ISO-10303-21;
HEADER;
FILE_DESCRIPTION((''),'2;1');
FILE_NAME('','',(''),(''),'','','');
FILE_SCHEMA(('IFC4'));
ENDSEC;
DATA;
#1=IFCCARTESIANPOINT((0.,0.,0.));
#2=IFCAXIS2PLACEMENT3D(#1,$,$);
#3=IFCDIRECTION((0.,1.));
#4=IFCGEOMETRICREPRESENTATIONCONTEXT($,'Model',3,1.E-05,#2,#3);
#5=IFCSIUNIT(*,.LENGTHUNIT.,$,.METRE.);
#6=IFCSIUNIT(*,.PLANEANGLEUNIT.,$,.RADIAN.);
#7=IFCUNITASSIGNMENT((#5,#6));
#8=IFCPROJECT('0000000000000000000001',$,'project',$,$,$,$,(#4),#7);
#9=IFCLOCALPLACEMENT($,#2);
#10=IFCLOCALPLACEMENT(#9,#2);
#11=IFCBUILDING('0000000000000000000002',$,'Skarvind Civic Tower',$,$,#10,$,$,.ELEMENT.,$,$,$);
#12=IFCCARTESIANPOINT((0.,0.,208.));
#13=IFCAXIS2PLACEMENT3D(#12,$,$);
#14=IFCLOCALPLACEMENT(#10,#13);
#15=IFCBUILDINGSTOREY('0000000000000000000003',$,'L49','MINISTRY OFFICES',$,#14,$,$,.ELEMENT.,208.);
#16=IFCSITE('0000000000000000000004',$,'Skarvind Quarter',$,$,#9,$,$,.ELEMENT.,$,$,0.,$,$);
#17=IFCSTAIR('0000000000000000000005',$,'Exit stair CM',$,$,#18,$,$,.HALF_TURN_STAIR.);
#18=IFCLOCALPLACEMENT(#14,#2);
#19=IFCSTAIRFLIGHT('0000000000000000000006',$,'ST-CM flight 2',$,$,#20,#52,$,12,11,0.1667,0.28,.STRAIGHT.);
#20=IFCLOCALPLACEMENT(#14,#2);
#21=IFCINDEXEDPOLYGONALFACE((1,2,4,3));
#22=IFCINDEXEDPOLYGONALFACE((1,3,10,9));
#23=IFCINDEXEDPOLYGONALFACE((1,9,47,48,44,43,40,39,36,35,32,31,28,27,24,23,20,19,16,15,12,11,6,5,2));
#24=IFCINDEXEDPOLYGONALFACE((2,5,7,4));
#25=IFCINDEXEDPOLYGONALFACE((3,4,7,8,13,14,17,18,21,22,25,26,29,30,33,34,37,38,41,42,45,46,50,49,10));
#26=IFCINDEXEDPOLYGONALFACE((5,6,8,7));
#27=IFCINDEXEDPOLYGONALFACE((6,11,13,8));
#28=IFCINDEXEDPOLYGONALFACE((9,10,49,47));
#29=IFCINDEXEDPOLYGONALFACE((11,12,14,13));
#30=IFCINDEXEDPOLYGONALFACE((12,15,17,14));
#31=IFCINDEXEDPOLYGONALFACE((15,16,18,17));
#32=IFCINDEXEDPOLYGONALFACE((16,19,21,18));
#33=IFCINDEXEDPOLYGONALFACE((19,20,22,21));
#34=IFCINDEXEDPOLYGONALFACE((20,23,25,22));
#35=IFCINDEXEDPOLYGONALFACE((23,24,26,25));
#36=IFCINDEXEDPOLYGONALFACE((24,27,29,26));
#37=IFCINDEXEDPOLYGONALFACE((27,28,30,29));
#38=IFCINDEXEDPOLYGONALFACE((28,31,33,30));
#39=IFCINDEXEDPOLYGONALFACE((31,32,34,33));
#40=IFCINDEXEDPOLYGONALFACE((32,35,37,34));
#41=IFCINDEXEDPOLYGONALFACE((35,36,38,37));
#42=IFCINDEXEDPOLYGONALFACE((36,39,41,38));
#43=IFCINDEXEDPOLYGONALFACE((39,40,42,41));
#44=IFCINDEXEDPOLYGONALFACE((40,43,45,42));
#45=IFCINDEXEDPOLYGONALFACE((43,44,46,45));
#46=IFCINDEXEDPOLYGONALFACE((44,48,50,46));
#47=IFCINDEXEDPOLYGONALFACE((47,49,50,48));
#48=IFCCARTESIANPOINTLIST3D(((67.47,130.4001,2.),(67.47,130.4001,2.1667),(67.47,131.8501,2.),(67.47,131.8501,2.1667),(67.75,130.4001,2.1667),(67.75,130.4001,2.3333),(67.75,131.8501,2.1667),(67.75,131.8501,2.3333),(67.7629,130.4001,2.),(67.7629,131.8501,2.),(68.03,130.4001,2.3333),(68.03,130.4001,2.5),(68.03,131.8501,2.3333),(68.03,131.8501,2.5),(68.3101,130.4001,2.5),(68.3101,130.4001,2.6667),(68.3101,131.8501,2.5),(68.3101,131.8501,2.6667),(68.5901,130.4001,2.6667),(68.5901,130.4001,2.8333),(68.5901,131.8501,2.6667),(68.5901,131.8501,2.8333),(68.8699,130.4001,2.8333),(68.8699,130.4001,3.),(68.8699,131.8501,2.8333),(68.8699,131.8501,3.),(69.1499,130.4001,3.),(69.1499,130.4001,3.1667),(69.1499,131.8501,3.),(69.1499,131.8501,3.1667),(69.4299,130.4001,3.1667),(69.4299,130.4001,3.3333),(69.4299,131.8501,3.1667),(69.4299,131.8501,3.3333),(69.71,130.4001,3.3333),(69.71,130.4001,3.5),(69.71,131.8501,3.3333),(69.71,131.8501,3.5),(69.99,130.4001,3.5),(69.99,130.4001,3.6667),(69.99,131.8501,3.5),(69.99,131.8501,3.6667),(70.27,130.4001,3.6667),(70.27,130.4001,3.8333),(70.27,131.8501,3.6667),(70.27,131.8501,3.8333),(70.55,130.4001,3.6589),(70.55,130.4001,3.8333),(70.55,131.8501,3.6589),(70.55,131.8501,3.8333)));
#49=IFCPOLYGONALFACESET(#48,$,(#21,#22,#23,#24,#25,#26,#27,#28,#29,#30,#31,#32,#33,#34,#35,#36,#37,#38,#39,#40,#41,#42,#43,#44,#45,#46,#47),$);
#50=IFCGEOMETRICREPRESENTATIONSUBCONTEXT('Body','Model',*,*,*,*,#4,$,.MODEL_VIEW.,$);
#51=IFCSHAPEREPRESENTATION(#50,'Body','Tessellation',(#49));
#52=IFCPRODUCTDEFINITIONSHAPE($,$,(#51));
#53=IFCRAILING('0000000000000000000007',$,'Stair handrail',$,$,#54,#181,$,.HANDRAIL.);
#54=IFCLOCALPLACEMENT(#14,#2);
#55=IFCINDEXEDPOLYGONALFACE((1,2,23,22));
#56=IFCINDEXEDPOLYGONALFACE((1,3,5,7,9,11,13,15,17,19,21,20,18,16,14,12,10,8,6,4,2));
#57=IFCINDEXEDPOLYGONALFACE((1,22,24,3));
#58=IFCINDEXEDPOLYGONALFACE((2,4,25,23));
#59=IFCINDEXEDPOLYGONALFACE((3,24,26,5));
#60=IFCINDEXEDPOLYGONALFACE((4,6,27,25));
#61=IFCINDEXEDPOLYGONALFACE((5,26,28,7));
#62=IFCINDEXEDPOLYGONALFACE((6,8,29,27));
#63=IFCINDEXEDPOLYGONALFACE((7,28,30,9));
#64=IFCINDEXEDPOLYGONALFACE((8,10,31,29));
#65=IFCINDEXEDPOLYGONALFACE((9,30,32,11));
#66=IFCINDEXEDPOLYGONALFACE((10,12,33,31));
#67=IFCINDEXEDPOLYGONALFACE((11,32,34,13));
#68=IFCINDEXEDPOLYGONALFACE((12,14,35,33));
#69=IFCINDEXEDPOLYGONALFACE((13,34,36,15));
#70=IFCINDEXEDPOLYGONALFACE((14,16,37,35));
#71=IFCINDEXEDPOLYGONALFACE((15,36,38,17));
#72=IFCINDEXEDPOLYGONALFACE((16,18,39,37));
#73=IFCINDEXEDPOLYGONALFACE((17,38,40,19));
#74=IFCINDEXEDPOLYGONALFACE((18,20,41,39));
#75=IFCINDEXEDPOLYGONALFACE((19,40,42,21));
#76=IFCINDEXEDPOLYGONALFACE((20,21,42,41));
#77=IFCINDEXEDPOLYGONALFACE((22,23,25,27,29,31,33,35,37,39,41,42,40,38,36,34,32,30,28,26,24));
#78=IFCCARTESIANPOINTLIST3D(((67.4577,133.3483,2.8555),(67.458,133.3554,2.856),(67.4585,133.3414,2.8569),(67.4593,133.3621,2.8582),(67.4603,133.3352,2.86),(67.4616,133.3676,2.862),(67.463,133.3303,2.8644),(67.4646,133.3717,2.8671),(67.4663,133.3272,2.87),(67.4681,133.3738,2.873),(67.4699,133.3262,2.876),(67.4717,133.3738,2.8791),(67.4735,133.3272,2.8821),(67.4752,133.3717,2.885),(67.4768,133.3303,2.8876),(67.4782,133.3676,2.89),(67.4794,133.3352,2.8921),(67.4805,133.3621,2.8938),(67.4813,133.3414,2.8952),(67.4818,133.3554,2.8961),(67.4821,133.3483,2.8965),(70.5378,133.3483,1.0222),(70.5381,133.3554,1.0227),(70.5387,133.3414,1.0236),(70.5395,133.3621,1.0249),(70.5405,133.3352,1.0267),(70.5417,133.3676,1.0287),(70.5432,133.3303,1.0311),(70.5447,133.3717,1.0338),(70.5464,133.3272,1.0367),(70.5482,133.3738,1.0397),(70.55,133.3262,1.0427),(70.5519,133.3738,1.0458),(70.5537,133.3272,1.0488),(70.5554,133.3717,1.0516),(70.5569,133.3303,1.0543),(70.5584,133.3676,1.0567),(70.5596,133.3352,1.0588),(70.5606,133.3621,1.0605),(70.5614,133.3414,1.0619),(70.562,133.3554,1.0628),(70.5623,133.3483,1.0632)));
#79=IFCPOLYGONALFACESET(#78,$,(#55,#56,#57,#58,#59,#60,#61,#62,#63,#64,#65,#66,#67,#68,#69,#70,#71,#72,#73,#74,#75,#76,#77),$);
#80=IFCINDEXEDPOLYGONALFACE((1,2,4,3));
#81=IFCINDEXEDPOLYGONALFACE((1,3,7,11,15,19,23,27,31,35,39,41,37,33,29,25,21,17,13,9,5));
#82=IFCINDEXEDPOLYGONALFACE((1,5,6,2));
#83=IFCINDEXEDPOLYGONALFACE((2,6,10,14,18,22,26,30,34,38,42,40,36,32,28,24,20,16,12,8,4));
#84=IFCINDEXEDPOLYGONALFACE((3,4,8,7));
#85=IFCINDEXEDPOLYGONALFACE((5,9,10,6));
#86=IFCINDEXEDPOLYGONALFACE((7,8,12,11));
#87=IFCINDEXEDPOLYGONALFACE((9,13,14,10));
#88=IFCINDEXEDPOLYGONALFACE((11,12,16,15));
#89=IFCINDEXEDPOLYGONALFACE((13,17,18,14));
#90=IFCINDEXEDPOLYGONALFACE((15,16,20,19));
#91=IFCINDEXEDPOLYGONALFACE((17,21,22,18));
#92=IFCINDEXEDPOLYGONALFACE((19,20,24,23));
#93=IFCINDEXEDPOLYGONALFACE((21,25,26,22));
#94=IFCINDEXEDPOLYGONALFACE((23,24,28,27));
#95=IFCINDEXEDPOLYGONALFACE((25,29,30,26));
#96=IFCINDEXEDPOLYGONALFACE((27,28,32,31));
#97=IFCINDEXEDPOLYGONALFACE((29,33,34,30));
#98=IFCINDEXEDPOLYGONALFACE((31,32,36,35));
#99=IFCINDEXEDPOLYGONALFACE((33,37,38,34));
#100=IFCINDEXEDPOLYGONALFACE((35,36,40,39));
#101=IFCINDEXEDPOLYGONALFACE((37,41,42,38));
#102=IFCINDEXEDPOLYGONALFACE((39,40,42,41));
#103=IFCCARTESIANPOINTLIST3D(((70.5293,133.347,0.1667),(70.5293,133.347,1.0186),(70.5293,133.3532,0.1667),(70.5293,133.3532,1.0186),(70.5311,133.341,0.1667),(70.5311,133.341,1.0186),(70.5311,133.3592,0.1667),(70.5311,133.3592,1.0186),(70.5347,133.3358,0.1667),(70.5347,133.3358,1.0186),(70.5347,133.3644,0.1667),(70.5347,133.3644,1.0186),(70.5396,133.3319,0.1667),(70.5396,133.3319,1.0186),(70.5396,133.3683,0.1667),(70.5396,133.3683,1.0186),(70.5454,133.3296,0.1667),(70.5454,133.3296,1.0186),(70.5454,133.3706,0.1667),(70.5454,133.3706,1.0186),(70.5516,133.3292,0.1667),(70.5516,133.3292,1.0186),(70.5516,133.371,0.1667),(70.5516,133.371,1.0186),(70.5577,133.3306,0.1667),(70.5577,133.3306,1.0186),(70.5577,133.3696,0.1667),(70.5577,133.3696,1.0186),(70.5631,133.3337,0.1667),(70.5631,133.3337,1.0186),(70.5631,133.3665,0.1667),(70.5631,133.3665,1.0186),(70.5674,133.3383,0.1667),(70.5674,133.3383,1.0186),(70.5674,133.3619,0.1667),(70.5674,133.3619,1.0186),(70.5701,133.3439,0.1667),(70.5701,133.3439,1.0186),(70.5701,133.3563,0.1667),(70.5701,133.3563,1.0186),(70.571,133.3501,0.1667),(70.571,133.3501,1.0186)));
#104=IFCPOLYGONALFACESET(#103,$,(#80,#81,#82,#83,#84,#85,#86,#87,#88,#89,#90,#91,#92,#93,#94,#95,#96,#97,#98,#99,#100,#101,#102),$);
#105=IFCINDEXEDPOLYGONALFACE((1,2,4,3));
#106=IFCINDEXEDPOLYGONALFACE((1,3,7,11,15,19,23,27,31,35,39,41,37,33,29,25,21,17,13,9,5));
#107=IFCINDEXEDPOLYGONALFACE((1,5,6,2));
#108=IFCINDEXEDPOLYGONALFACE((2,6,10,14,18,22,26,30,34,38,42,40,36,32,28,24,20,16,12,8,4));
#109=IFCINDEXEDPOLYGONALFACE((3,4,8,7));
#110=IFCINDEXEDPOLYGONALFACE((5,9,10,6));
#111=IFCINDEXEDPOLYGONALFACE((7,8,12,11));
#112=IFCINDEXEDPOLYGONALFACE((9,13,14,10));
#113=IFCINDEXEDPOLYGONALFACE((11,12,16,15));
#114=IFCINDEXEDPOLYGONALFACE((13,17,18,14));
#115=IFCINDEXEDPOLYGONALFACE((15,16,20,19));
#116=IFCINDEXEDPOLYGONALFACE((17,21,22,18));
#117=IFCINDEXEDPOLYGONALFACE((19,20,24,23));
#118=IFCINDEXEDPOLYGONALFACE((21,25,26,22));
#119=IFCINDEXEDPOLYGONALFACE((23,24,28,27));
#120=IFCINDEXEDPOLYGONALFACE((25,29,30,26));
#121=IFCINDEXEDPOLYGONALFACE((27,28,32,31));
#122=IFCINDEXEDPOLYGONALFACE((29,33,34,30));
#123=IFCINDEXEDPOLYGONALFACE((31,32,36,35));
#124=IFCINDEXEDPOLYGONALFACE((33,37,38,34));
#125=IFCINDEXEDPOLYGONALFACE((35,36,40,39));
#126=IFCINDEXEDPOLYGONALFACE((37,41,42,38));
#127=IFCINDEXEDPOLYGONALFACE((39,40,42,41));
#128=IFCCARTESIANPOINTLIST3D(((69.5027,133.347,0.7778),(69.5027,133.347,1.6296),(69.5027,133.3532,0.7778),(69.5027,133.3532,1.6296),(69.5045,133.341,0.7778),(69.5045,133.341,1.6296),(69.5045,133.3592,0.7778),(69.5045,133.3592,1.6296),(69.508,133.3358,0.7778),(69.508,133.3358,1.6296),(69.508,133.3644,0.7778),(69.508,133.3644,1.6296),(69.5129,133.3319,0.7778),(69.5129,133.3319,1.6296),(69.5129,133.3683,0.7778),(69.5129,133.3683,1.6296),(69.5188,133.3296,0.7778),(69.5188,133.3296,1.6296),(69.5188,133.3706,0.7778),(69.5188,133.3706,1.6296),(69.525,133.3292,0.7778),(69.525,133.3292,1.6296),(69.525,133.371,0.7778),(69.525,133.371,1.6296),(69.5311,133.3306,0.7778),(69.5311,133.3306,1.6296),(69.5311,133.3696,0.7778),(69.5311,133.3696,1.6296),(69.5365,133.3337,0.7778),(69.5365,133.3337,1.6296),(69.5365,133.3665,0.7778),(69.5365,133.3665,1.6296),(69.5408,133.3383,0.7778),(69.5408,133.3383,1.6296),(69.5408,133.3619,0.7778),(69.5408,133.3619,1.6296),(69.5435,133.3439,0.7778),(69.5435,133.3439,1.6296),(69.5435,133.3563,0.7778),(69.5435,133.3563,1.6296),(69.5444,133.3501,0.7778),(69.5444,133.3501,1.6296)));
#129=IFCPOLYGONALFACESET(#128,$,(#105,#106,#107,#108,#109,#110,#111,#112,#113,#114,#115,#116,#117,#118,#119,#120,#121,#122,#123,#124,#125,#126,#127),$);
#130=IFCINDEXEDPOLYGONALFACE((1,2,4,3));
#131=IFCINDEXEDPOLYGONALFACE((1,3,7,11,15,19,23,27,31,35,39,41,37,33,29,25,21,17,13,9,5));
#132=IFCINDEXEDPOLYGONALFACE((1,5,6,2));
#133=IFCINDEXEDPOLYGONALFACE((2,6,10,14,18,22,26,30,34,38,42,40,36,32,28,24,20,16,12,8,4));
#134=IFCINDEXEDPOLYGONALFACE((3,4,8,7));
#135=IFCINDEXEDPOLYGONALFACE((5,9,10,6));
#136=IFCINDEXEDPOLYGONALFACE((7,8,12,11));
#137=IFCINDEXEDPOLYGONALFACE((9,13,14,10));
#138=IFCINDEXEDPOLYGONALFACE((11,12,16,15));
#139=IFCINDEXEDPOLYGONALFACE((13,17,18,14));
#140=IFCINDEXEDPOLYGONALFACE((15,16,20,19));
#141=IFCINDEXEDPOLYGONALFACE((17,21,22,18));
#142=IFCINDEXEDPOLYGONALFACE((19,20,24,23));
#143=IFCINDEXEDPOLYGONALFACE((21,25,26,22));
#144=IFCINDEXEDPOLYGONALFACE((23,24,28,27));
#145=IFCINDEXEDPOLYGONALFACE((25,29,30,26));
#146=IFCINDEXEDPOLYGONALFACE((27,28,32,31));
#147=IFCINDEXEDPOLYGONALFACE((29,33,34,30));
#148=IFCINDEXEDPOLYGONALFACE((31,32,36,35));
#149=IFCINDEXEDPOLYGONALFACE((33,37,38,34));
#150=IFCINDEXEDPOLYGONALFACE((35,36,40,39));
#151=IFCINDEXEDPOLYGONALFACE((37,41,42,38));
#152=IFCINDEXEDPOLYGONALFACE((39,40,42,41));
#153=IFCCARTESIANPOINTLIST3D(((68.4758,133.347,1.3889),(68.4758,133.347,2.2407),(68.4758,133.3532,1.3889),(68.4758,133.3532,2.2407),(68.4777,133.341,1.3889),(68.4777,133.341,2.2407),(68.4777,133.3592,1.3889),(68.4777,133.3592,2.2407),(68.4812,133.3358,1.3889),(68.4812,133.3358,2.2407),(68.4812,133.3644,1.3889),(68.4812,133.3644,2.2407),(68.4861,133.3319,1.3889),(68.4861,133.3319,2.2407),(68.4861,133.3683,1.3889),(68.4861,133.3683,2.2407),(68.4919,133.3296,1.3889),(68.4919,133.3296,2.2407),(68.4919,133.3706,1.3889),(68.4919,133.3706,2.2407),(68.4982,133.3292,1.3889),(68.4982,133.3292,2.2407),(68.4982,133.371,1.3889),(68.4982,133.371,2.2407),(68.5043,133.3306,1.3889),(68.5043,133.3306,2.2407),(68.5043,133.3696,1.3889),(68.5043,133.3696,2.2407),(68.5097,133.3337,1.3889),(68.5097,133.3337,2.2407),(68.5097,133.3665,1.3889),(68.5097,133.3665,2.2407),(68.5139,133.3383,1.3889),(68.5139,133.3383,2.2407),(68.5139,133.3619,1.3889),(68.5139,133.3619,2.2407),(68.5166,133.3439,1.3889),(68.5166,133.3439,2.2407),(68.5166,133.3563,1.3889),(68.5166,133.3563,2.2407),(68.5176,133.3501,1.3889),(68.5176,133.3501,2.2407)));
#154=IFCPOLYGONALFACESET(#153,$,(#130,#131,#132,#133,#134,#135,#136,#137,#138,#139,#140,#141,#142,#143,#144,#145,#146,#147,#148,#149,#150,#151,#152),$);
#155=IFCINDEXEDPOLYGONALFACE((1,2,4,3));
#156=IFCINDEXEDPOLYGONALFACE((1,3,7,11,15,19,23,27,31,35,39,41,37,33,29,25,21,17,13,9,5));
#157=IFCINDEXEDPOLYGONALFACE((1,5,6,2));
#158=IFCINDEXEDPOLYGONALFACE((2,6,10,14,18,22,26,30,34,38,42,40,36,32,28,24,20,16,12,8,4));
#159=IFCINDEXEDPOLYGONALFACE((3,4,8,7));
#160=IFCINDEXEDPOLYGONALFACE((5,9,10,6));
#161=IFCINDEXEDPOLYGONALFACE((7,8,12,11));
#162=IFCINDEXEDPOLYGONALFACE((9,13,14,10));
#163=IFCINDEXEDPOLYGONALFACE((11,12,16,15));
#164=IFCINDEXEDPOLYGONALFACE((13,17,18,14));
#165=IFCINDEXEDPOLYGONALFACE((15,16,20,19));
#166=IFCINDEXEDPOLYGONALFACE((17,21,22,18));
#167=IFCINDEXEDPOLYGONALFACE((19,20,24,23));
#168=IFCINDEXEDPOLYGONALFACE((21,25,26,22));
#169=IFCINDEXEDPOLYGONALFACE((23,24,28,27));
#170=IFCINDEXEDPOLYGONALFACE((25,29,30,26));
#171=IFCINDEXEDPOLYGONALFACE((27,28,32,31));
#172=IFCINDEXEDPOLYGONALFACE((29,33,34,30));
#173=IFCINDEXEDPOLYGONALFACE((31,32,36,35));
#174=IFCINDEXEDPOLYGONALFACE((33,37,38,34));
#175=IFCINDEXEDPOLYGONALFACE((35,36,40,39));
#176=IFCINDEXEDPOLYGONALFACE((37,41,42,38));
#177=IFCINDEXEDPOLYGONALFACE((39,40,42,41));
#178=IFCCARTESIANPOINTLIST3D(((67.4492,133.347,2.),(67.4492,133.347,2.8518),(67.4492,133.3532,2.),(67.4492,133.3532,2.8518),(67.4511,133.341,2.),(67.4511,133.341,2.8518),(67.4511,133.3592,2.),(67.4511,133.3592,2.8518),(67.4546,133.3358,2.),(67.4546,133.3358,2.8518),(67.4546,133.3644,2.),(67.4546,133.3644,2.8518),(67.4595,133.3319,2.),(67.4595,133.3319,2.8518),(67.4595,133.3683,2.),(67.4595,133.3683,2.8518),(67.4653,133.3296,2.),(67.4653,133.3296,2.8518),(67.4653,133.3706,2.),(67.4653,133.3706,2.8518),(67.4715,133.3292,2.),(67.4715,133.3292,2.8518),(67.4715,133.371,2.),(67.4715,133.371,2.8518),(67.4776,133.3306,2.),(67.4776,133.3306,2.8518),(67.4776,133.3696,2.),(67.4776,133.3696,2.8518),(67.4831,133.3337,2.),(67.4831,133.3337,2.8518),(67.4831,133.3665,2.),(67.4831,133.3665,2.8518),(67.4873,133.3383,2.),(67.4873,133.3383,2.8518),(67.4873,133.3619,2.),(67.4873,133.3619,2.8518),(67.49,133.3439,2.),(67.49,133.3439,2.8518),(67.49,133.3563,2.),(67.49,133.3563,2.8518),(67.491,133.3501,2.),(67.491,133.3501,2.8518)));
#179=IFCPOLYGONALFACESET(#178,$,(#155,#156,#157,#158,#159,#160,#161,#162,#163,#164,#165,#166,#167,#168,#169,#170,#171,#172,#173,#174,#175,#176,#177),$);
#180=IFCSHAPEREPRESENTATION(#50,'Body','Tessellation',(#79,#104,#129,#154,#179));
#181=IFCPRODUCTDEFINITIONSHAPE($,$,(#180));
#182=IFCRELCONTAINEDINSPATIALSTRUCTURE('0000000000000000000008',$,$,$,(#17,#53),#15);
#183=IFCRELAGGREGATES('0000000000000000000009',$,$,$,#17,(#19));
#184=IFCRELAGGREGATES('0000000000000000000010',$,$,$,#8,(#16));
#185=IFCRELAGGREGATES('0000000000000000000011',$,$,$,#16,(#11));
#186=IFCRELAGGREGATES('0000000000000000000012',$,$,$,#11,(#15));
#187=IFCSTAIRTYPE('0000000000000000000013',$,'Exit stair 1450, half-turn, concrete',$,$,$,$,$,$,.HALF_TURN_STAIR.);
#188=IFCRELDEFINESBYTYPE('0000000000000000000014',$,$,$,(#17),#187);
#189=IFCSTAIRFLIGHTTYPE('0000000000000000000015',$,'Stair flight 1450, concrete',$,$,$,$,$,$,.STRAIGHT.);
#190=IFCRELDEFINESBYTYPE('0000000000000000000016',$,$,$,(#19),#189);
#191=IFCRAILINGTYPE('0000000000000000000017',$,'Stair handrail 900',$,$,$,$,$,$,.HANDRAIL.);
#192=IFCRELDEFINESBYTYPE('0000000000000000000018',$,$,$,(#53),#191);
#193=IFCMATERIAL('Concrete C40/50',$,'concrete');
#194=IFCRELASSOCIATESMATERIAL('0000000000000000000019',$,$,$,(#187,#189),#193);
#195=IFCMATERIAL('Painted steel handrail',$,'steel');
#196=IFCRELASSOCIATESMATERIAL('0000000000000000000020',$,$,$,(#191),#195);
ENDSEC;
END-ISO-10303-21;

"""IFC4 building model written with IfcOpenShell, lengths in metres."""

from ifc_helpers import new_model, si_unit, direction, frame, origin, origin_2d, place, context, subcontext, project, spatial, polyline, circle, outline, extrude, material, type_object, element, aggregate, save


model = new_model("IFC4")

# Units and contexts
model_context = context("Model", 3, precision=1e-05, world=origin(), true_north=direction((0.0, 1.0)))
body_context = subcontext(model_context, "Body", "Model", "MODEL_VIEW")
ifc_project = project(units=[si_unit("LENGTHUNIT", "METRE"), si_unit("PLANEANGLEUNIT", "RADIAN")], contexts=[model_context])

# Site, building, storey
site_placement = place(None, origin())
site = spatial("IfcSite", under=ifc_project, at=site_placement, Name="Skarvind Quarter", CompositionType="ELEMENT", RefElevation=0.0)
building_placement = place(site_placement, origin())
building = spatial("IfcBuilding", under=site, at=building_placement, Name="Skarvind Civic Tower", CompositionType="ELEMENT")
storey_placement = place(building_placement, frame((0.0, 0.0, 208.0)))
storey = spatial("IfcBuildingStorey", under=building, at=storey_placement, Name="L49", Description="MINISTRY OFFICES", CompositionType="ELEMENT", Elevation=208.0)

# Stair, stair flight
ifc_material_1 = material(Name="Concrete C40/50", Category="concrete")
stair_type = type_object("IfcStairType", Name="Exit stair 1450, half-turn, concrete", PredefinedType="HALF_TURN_STAIR", material=ifc_material_1)
stair_placement = place(storey_placement, origin())
stair = element("IfcStair", 1, at=stair_placement, inside=storey, type_object=stair_type, Name="Exit stair CM", PredefinedType="HALF_TURN_STAIR")
stair_flight_type = type_object("IfcStairFlightType", Name="Stair flight 1450, concrete", PredefinedType="STRAIGHT", material=ifc_material_1)
stair_flight_1_placement = place(storey_placement, frame((67.47, 131.125, 2.0), z_axis=(0.0, 0.0, 1.0), x_axis=(1.0, 0.0, 0.0)))
stair_flight_1 = element("IfcStairFlight", 2, at=stair_flight_1_placement, type_object=stair_flight_type, Name="ST-CM flight 2", NumberOfRisers=12, NumberOfTreads=11, PredefinedType="STRAIGHT", RiserHeight=0.1667, TreadLength=0.28, context=body_context, shape_type="SweptSolid", body=[
    extrude(outline(polyline([(0.0, 0.0), (0.0, 0.1667), (0.28, 0.1667), (0.28, 0.3333), (0.5601, 0.3333), (0.5601, 0.5), (0.8401, 0.5), (0.8401, 0.6667), (1.1201, 0.6667), (1.1201, 0.8333), (1.3999, 0.8333), (1.3999, 1.0), (1.6799, 1.0), (1.6799, 1.1667), (1.96, 1.1667), (1.96, 1.3333), (2.24, 1.3333), (2.24, 1.5), (2.52, 1.5), (2.52, 1.6667), (2.8, 1.6667), (2.8, 1.8333), (3.0801, 1.8333), (3.0801, 2.0), (3.0801, 1.6589), (0.293, 0.0), (0.0, 0.0)])), frame((0.0, 0.7251, 0.0), z_axis=(0.0, -1.0, 0.0), x_axis=(1.0, 0.0, 0.0)), (0.0, 0.0, 1.0), 1.45),
])
aggregate(stair, [stair_flight_1])

# Railing
ifc_material_2 = material(Name="Painted steel handrail", Category="steel")
railing_type = type_object("IfcRailingType", Name="Stair handrail 900", PredefinedType="HANDRAIL", material=ifc_material_2)
railing_1_placement = place(storey_placement, frame((70.55, 133.3501, 0.1667)))
element("IfcRailing", 3, at=railing_1_placement, inside=storey, type_object=railing_type, Name="Stair handrail", PredefinedType="HANDRAIL", context=body_context, shape_type="SweptSolid", body=[
    extrude(circle(Radius=0.0239, at=origin_2d()), frame((0.0, 0.0, 0.876), z_axis=(-0.859309, 0.0, 0.511458), x_axis=(0.0, -1.0, 0.0)), (0.0, 0.0, 1.0), 3.5845),
    extrude(circle(Radius=0.021, at=origin_2d()), origin(), (0.0, 0.0, 1.0), 0.8518),
    extrude(circle(Radius=0.021, at=origin_2d()), frame((-1.0266, 0.0, 0.6111)), (0.0, 0.0, 1.0), 0.8518),
    extrude(circle(Radius=0.021, at=origin_2d()), frame((-2.0535, 0.0, 1.2222)), (0.0, 0.0, 1.0), 0.8518),
    extrude(circle(Radius=0.021, at=origin_2d()), frame((-3.0801, 0.0, 1.8333)), (0.0, 0.0, 1.0), 0.8518),
])

save(model, "model.ifc")
